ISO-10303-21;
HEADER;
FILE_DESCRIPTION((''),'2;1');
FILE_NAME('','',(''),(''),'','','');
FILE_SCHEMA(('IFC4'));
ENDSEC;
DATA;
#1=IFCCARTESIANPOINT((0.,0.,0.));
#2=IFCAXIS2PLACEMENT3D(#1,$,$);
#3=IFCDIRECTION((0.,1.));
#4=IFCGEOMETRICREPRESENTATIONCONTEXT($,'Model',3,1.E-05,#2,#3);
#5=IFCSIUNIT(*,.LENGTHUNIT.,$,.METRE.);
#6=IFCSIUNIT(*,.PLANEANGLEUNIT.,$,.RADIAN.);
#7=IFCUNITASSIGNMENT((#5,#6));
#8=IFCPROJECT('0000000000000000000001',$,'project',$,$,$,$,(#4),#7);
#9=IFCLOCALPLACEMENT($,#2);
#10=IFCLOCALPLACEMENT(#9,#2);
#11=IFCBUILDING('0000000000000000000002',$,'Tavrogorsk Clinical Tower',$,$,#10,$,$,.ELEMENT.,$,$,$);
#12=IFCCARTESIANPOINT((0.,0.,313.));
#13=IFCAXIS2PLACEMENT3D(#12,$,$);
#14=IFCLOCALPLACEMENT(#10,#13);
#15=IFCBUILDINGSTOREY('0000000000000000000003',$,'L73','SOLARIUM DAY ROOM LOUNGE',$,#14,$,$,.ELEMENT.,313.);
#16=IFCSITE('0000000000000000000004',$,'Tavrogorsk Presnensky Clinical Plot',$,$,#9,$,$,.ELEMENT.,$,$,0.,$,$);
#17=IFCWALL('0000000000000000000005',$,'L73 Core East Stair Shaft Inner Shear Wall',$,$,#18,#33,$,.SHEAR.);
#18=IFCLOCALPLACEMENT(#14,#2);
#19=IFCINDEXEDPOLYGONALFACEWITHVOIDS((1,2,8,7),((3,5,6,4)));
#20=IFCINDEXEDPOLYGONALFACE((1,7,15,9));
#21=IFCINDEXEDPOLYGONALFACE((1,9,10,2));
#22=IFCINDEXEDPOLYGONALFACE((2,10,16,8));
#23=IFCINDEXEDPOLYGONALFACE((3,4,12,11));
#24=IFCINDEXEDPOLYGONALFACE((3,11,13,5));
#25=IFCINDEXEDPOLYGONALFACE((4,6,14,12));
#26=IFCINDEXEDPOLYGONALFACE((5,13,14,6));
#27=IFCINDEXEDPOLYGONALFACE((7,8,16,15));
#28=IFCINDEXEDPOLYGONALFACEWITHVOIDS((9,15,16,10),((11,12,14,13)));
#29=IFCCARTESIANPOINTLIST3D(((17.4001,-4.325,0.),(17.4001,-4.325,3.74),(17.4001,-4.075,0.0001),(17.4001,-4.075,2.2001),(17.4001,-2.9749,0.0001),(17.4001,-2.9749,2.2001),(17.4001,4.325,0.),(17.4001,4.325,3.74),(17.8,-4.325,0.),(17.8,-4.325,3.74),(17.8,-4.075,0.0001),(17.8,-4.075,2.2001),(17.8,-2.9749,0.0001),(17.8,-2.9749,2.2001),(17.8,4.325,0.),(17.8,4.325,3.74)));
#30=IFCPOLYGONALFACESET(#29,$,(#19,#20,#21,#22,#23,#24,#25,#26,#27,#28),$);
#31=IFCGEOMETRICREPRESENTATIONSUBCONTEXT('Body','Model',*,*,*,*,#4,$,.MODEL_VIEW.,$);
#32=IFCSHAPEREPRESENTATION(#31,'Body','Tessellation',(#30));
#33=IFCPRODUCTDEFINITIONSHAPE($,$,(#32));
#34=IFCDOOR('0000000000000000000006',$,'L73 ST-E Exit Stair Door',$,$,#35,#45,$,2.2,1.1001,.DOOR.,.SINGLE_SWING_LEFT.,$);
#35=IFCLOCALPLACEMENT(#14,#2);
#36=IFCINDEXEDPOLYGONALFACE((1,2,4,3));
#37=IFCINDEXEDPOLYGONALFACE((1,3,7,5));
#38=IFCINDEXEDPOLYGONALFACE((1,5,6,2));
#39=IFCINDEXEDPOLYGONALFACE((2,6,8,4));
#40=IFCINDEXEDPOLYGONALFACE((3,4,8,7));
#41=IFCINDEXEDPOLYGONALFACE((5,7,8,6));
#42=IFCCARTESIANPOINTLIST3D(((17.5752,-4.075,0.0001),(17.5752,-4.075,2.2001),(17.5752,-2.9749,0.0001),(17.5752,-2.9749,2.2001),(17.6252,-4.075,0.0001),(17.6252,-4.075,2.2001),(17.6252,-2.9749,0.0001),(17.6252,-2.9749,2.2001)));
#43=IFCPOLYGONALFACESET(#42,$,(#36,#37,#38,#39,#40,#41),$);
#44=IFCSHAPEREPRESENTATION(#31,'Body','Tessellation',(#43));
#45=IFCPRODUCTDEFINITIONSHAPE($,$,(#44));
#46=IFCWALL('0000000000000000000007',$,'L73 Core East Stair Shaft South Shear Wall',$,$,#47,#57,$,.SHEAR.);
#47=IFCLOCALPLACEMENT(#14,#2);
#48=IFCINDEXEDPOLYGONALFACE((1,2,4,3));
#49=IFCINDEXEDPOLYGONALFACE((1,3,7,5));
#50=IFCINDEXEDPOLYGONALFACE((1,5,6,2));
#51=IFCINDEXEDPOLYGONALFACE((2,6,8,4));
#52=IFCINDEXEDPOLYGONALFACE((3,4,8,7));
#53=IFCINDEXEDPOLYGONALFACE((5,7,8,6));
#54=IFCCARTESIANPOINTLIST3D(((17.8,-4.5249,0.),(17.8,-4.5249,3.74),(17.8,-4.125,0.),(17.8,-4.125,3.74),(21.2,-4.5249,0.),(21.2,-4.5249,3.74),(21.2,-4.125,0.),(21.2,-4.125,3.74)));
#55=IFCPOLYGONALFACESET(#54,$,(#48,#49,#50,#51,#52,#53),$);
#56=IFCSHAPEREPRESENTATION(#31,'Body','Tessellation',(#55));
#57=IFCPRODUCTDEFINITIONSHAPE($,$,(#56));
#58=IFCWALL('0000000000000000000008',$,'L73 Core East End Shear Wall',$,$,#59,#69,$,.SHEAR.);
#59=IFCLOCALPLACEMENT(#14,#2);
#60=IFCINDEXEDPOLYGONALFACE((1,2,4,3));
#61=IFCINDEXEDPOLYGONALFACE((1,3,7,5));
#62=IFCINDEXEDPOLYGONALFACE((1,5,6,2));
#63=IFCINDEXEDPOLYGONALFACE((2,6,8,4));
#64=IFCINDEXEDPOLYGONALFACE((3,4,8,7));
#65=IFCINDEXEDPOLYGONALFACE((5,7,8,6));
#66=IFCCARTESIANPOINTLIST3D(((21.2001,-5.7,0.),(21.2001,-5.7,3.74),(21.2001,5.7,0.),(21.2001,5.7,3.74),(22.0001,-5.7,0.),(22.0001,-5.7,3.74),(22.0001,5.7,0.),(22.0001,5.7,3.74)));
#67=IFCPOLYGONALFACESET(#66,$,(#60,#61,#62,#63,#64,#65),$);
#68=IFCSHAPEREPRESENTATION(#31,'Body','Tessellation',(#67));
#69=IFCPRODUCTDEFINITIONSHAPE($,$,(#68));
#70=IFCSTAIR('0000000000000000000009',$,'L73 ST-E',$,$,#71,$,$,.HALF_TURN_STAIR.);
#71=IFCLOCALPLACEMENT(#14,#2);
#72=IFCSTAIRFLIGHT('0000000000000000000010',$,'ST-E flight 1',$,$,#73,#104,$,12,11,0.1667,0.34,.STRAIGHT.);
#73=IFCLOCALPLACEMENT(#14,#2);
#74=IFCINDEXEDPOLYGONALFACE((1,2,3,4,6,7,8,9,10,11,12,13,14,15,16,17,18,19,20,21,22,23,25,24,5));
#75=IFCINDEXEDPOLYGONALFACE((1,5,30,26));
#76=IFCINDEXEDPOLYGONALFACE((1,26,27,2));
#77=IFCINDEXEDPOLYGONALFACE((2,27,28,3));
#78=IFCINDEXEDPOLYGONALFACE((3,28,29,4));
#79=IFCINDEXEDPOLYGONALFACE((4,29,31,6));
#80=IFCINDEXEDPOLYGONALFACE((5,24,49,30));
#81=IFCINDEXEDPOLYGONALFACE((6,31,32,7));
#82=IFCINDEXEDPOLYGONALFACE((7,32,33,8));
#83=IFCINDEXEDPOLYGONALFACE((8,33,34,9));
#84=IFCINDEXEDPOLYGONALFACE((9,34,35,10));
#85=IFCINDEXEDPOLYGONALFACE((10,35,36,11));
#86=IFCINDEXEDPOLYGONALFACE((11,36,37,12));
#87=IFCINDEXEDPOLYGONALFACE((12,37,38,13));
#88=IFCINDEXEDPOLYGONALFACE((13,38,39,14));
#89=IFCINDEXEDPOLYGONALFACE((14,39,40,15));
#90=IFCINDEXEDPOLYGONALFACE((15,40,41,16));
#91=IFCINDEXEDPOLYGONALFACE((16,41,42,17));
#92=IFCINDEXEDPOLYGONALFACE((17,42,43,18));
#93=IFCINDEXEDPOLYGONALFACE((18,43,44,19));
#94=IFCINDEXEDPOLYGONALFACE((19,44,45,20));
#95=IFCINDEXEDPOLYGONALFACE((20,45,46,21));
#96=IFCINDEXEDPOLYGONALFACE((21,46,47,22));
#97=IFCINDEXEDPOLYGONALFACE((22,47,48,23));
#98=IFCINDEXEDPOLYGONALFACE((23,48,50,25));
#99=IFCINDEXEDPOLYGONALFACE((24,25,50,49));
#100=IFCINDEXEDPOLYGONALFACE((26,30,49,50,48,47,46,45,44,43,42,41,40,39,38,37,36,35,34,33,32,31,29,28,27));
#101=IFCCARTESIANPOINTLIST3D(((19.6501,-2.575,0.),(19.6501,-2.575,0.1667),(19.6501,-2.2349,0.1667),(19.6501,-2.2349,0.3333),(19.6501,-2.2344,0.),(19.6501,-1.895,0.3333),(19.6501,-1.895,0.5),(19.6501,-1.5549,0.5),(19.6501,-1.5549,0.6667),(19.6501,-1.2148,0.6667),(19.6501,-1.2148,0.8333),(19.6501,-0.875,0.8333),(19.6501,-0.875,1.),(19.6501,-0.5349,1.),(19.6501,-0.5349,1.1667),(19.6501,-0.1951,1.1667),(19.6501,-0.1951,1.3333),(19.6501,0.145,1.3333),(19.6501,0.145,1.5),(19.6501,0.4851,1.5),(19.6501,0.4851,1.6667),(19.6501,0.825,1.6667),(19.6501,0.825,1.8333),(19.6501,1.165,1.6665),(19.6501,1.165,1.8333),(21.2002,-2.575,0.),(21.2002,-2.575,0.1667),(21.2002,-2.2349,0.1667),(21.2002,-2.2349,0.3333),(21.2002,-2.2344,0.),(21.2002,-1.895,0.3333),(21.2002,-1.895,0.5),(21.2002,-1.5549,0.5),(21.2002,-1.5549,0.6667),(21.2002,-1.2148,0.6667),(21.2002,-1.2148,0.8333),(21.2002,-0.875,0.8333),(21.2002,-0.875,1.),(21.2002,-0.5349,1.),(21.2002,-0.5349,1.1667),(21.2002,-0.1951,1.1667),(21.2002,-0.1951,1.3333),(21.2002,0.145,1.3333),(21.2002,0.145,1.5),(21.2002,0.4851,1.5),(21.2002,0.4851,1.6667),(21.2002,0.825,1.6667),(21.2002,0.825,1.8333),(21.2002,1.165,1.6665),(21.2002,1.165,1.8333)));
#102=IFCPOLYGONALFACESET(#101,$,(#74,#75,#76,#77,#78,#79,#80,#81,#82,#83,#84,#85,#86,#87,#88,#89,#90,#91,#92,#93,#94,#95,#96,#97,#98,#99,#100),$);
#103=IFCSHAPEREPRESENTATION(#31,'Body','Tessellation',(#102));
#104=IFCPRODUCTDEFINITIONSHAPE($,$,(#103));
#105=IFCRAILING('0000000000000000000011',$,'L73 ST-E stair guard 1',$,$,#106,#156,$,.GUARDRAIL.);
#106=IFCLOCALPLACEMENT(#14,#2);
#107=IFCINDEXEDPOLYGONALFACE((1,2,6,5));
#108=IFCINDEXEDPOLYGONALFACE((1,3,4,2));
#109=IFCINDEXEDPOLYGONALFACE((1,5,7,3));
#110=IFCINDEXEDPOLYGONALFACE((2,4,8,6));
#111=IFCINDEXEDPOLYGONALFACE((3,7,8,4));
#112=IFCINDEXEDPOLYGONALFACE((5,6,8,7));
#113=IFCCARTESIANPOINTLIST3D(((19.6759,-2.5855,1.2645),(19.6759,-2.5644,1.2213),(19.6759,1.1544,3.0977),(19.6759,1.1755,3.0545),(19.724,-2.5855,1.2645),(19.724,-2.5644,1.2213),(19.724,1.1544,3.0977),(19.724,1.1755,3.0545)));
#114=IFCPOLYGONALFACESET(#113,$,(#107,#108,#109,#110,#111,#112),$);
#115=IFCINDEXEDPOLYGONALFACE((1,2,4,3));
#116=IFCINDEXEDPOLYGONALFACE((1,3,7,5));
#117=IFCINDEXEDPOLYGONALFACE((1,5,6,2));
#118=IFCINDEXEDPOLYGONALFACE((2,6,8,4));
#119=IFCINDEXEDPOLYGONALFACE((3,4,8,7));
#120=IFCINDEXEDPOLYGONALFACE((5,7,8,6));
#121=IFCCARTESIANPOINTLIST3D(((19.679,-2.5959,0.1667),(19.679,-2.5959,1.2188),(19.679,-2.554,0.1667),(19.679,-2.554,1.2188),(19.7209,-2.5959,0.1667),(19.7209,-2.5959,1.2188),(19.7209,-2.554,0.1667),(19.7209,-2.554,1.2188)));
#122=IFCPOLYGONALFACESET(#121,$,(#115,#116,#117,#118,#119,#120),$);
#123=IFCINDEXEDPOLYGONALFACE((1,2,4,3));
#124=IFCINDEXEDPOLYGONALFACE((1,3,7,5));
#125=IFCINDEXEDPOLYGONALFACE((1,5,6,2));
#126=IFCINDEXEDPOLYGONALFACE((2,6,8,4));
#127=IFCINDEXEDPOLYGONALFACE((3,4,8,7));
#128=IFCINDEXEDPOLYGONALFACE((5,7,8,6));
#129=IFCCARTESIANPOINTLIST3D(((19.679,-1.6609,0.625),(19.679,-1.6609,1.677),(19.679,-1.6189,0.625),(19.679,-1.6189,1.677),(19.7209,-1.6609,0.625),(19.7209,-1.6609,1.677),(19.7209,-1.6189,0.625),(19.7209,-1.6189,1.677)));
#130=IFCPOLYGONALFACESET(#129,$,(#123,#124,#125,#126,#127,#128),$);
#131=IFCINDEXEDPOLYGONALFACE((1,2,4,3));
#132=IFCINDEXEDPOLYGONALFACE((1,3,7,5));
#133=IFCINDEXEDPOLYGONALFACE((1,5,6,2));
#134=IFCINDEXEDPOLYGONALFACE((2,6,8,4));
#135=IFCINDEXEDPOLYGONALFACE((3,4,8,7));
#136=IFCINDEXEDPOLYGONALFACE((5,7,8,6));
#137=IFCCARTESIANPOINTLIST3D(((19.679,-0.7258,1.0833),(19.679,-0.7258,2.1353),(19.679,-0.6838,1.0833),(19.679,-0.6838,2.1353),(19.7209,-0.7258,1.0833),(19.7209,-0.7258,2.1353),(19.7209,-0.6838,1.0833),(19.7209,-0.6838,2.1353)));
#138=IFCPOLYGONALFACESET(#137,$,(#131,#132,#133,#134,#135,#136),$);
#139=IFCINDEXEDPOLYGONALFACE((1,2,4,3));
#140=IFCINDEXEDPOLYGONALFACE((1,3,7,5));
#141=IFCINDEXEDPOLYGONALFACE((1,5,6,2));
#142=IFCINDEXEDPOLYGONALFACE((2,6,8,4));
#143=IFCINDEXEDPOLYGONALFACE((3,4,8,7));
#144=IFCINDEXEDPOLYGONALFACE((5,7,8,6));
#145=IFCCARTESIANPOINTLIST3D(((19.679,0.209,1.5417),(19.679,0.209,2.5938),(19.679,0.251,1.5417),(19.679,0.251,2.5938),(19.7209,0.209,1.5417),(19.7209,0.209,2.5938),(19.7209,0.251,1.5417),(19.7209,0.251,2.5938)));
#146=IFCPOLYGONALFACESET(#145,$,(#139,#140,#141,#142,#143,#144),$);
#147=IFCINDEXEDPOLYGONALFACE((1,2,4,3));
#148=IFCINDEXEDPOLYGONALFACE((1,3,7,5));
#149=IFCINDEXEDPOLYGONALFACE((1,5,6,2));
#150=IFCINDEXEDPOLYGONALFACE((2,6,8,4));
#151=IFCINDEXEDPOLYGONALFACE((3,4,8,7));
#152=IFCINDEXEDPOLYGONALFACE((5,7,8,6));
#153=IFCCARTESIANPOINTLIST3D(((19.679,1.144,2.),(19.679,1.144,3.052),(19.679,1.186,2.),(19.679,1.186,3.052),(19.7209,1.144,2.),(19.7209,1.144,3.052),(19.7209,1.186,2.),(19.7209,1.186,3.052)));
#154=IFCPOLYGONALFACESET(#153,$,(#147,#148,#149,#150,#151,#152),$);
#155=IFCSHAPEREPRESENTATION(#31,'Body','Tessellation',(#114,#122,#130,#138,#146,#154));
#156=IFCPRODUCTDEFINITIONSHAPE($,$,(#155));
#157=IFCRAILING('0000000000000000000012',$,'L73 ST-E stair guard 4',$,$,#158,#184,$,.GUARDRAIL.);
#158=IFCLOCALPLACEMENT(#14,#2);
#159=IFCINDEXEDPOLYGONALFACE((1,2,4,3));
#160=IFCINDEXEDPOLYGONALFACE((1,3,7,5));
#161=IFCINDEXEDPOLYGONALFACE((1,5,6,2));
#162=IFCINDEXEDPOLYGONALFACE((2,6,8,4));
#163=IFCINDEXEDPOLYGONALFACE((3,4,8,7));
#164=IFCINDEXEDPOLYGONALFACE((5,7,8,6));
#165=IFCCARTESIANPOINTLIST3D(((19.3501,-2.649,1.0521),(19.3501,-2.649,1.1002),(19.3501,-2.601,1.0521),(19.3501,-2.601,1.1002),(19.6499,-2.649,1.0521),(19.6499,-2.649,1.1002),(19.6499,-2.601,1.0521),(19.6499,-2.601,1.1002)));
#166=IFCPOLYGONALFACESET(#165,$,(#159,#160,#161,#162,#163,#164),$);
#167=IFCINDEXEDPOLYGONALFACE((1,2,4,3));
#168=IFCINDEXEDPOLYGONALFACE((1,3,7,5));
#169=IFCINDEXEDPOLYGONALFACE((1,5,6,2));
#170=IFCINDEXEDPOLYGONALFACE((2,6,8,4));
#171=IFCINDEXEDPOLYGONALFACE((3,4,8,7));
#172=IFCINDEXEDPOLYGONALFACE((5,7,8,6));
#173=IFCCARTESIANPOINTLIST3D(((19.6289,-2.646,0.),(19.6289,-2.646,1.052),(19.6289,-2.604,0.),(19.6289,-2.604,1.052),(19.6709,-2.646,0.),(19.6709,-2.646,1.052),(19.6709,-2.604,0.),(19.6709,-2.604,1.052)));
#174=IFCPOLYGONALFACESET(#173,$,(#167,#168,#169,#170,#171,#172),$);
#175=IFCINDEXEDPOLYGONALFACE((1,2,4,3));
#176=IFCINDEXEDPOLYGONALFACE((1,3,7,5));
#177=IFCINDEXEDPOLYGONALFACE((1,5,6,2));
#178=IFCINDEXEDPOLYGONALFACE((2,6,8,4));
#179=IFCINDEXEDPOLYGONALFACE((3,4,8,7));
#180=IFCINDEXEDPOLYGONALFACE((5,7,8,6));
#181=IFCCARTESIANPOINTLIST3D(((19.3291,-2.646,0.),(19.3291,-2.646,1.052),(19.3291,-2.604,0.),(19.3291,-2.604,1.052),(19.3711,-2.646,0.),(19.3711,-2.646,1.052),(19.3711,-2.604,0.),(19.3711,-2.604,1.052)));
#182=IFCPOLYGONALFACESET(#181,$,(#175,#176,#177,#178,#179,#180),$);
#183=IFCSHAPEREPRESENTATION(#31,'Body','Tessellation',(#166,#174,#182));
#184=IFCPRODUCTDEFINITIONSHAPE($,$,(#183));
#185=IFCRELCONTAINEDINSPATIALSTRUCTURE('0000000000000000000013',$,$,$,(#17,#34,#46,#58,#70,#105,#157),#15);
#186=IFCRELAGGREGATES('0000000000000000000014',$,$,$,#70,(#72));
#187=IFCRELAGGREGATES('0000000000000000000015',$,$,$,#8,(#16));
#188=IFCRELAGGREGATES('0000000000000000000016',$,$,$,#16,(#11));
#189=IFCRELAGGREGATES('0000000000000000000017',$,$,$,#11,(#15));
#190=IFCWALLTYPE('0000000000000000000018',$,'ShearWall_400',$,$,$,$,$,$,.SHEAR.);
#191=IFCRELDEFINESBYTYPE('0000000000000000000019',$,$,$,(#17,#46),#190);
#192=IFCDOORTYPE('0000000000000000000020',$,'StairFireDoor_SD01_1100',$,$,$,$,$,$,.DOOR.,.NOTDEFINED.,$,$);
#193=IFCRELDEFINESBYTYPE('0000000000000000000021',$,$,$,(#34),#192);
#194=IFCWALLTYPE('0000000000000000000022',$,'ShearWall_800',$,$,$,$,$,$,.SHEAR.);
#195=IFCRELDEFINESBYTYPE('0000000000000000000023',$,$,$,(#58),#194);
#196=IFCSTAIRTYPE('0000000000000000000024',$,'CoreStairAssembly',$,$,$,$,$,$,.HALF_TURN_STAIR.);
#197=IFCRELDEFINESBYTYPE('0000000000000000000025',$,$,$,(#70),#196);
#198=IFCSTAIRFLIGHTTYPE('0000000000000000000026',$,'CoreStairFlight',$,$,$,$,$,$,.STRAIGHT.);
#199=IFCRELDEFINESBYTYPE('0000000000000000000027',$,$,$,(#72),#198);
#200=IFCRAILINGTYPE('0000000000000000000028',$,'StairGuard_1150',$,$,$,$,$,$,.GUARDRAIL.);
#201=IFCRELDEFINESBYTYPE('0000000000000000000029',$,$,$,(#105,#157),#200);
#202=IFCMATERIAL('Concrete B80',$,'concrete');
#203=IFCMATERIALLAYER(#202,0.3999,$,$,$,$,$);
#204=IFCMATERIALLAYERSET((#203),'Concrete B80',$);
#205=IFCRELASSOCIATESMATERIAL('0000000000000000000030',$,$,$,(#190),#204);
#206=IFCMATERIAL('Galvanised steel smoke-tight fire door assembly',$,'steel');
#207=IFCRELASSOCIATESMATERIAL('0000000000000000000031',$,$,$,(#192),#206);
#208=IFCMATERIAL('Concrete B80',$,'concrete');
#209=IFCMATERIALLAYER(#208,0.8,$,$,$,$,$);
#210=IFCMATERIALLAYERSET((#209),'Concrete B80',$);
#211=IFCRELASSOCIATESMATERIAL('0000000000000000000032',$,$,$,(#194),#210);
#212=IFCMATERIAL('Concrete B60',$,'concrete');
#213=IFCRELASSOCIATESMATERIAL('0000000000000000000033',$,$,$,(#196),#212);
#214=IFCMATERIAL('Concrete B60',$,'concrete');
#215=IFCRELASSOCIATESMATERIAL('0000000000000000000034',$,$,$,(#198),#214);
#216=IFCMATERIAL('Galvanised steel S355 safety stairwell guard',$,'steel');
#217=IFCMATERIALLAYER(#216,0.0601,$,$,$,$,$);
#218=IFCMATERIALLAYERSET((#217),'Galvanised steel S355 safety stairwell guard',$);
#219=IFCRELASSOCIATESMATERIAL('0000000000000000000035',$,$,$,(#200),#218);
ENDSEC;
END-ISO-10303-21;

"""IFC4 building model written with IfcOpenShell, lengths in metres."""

from ifc_helpers import new_model, si_unit, direction, frame, frame_2d, origin, origin_2d, place, context, subcontext, project, spatial, polyline, rectangle, outline, extrude, material, layer, layer_set, type_object, element, fill, aggregate, save


model = new_model("IFC4")

# Units and contexts
model_context = context("Model", 3, precision=1e-05, world=origin(), true_north=direction((0.0, 1.0)))
body_context = subcontext(model_context, "Body", "Model", "MODEL_VIEW")
ifc_project = project(units=[si_unit("LENGTHUNIT", "METRE"), si_unit("PLANEANGLEUNIT", "RADIAN")], contexts=[model_context])

# Site, building, storey
site_placement = place(None, origin())
site = spatial("IfcSite", under=ifc_project, at=site_placement, Name="Tavrogorsk Presnensky Clinical Plot", CompositionType="ELEMENT", RefElevation=0.0)
building_placement = place(site_placement, origin())
building = spatial("IfcBuilding", under=site, at=building_placement, Name="Tavrogorsk Clinical Tower", CompositionType="ELEMENT")
storey_placement = place(building_placement, frame((0.0, 0.0, 313.0)))
storey = spatial("IfcBuildingStorey", under=building, at=storey_placement, Name="L73", Description="SOLARIUM DAY ROOM LOUNGE", CompositionType="ELEMENT", Elevation=313.0)

# Wall, opening, door
ifc_material_1 = material(Name="Concrete B80", Category="concrete")
ifc_layer_1 = layer(ifc_material_1, 0.3999)
ifc_layer_set_1 = layer_set([ifc_layer_1], Name="Concrete B80")
wall_type_1 = type_object("IfcWallType", Name="ShearWall_400", PredefinedType="SHEAR", material=ifc_layer_set_1)
wall_1_placement = place(storey_placement, frame((17.6001, -4.325, 0.0), z_axis=(0.0, 0.0, 1.0), x_axis=(0.0, 1.0, 0.0)))
wall_1 = element("IfcWall", 1, at=wall_1_placement, inside=storey, type_object=wall_type_1, Name="L73 Core East Stair Shaft Inner Shear Wall", PredefinedType="SHEAR", context=body_context, shape_type="SweptSolid", body=[
    extrude(rectangle(XDim=8.6499, YDim=0.3999, at=frame_2d((4.325, 0.0))), origin(), (0.0, 0.0, 1.0), 3.74),
])
opening_1_placement = place(wall_1_placement, frame((0.25, 0.0, 0.0)))
opening_1 = element("IfcOpeningElement", 2, at=opening_1_placement, cuts=wall_1, PredefinedType="OPENING", context=body_context, shape_type="SweptSolid", body=[
    extrude(rectangle(XDim=1.1001, YDim=2.2, at=frame_2d((0.55, 1.1001))), frame((0.0, 0.21, 0.0), z_axis=(0.0, -1.0, 0.0), x_axis=(1.0, 0.0, 0.0)), (0.0, 0.0, 1.0), 0.4199),
])
ifc_material_2 = material(Name="Galvanised steel smoke-tight fire door assembly", Category="steel")
door_type_1 = type_object("IfcDoorType", Name="StairFireDoor_SD01_1100", OperationType="NOTDEFINED", PredefinedType="DOOR", material=ifc_material_2)
door_1_placement = place(opening_1_placement, origin())
door_1 = element("IfcDoor", 3, at=door_1_placement, inside=storey, type_object=door_type_1, Name="L73 ST-E Exit Stair Door", OperationType="SINGLE_SWING_LEFT", OverallHeight=2.2, OverallWidth=1.1001, PredefinedType="DOOR", context=body_context, shape_type="SweptSolid", body=[
    extrude(rectangle(XDim=1.1001, YDim=2.2, at=frame_2d((0.55, 1.1001))), frame((0.0, 0.0249, 0.0), z_axis=(0.0, -1.0, 0.0), x_axis=(1.0, 0.0, 0.0)), (0.0, 0.0, 1.0), 0.05),
])
fill(opening_1, door_1)

# Walls
wall_2_placement = place(storey_placement, frame((17.8, -4.325, 0.0), z_axis=(0.0, 0.0, 1.0), x_axis=(1.0, 0.0, 0.0)))
element("IfcWall", 4, at=wall_2_placement, inside=storey, type_object=wall_type_1, Name="L73 Core East Stair Shaft South Shear Wall", PredefinedType="SHEAR", context=body_context, shape_type="SweptSolid", body=[
    extrude(rectangle(XDim=3.3999, YDim=0.3999, at=frame_2d((1.7, 0.0))), origin(), (0.0, 0.0, 1.0), 3.74),
])
ifc_material_3 = material(Name="Concrete B80", Category="concrete")
ifc_layer_2 = layer(ifc_material_3, 0.8)
ifc_layer_set_2 = layer_set([ifc_layer_2], Name="Concrete B80")
wall_type_2 = type_object("IfcWallType", Name="ShearWall_800", PredefinedType="SHEAR", material=ifc_layer_set_2)
wall_3_placement = place(storey_placement, frame((21.6001, -5.7, 0.0), z_axis=(0.0, 0.0, 1.0), x_axis=(0.0, 1.0, 0.0)))
element("IfcWall", 5, at=wall_3_placement, inside=storey, type_object=wall_type_2, Name="L73 Core East End Shear Wall", PredefinedType="SHEAR", context=body_context, shape_type="SweptSolid", body=[
    extrude(rectangle(XDim=11.3999, YDim=0.8, at=frame_2d((5.7, 0.0))), origin(), (0.0, 0.0, 1.0), 3.74),
])

# Stair, stair flight
ifc_material_4 = material(Name="Concrete B60", Category="concrete")
stair_type = type_object("IfcStairType", Name="CoreStairAssembly", PredefinedType="HALF_TURN_STAIR", material=ifc_material_4)
stair_placement = place(storey_placement, origin())
stair = element("IfcStair", 6, at=stair_placement, inside=storey, type_object=stair_type, Name="L73 ST-E", PredefinedType="HALF_TURN_STAIR")
ifc_material_5 = material(Name="Concrete B60", Category="concrete")
stair_flight_type = type_object("IfcStairFlightType", Name="CoreStairFlight", PredefinedType="STRAIGHT", material=ifc_material_5)
stair_flight_placement = place(storey_placement, frame((20.425, -2.575, 0.0), z_axis=(0.0, 0.0, 1.0), x_axis=(0.0, 1.0, 0.0)))
stair_flight = element("IfcStairFlight", 7, at=stair_flight_placement, type_object=stair_flight_type, Name="ST-E flight 1", NumberOfRisers=12, NumberOfTreads=11, PredefinedType="STRAIGHT", RiserHeight=0.1667, TreadLength=0.34, context=body_context, shape_type="SweptSolid", body=[
    extrude(outline(polyline([(0.0, 0.0), (0.0, 0.1667), (0.3401, 0.1667), (0.3401, 0.3333), (0.6799, 0.3333), (0.6799, 0.5), (1.02, 0.5), (1.02, 0.6667), (1.3601, 0.6667), (1.3601, 0.8333), (1.7, 0.8333), (1.7, 1.0), (2.04, 1.0), (2.04, 1.1667), (2.3799, 1.1667), (2.3799, 1.3333), (2.72, 1.3333), (2.72, 1.5), (3.0601, 1.5), (3.0601, 1.6667), (3.3999, 1.6667), (3.3999, 1.8333), (3.74, 1.8333), (3.74, 2.0), (3.74, 1.6665), (0.3406, 0.0), (0.0, 0.0)])), frame((0.0, 0.7749, 0.0), z_axis=(0.0, -1.0, 0.0), x_axis=(1.0, 0.0, 0.0)), (0.0, 0.0, 1.0), 1.55),
])
aggregate(stair, [stair_flight])

# Railings
ifc_material_6 = material(Name="Galvanised steel S355 safety stairwell guard", Category="steel")
ifc_layer_3 = layer(ifc_material_6, 0.0601)
ifc_layer_set_3 = layer_set([ifc_layer_3], Name="Galvanised steel S355 safety stairwell guard")
railing_type_1 = type_object("IfcRailingType", Name="StairGuard_1150", PredefinedType="GUARDRAIL", material=ifc_layer_set_3)
railing_1_placement = place(storey_placement, frame((19.7, -2.575, 0.1667)))
element("IfcRailing", 8, at=railing_1_placement, inside=storey, type_object=railing_type_1, Name="L73 ST-E stair guard 1", PredefinedType="GUARDRAIL", context=body_context, shape_type="SweptSolid", body=[
    extrude(rectangle(XDim=0.0481, YDim=0.0481, at=origin_2d()), frame((0.0, 0.0, 1.0762), z_axis=(0.0, 0.897928, 0.440142), x_axis=(-1.0, 0.0, 0.0)), (0.0, 0.0, 1.0), 4.165),
    extrude(rectangle(XDim=0.042, YDim=0.042, at=origin_2d()), origin(), (0.0, 0.0, 1.0), 1.052),
    extrude(rectangle(XDim=0.042, YDim=0.042, at=origin_2d()), frame((0.0, 0.9351, 0.4583)), (0.0, 0.0, 1.0), 1.052),
    extrude(rectangle(XDim=0.042, YDim=0.042, at=origin_2d()), frame((0.0, 1.8701, 0.9165)), (0.0, 0.0, 1.0), 1.052),
    extrude(rectangle(XDim=0.042, YDim=0.042, at=origin_2d()), frame((0.0, 2.8049, 1.375)), (0.0, 0.0, 1.0), 1.052),
    extrude(rectangle(XDim=0.042, YDim=0.042, at=origin_2d()), frame((0.0, 3.74, 1.8333)), (0.0, 0.0, 1.0), 1.052),
])
railing_2_placement = place(storey_placement, frame((19.6499, -2.625, 0.0)))
element("IfcRailing", 9, at=railing_2_placement, inside=storey, type_object=railing_type_1, Name="L73 ST-E stair guard 4", PredefinedType="GUARDRAIL", context=body_context, shape_type="SweptSolid", body=[
    extrude(rectangle(XDim=0.0481, YDim=0.0481, at=origin_2d()), frame((0.0, 0.0, 1.0762), z_axis=(-1.0, 0.0, 0.0), x_axis=(0.0, -1.0, 0.0)), (0.0, 0.0, 1.0), 0.2998),
    extrude(rectangle(XDim=0.042, YDim=0.042, at=origin_2d()), origin(), (0.0, 0.0, 1.0), 1.052),
    extrude(rectangle(XDim=0.042, YDim=0.042, at=origin_2d()), frame((-0.2998, 0.0, 0.0)), (0.0, 0.0, 1.0), 1.052),
])

save(model, "model.ifc")
